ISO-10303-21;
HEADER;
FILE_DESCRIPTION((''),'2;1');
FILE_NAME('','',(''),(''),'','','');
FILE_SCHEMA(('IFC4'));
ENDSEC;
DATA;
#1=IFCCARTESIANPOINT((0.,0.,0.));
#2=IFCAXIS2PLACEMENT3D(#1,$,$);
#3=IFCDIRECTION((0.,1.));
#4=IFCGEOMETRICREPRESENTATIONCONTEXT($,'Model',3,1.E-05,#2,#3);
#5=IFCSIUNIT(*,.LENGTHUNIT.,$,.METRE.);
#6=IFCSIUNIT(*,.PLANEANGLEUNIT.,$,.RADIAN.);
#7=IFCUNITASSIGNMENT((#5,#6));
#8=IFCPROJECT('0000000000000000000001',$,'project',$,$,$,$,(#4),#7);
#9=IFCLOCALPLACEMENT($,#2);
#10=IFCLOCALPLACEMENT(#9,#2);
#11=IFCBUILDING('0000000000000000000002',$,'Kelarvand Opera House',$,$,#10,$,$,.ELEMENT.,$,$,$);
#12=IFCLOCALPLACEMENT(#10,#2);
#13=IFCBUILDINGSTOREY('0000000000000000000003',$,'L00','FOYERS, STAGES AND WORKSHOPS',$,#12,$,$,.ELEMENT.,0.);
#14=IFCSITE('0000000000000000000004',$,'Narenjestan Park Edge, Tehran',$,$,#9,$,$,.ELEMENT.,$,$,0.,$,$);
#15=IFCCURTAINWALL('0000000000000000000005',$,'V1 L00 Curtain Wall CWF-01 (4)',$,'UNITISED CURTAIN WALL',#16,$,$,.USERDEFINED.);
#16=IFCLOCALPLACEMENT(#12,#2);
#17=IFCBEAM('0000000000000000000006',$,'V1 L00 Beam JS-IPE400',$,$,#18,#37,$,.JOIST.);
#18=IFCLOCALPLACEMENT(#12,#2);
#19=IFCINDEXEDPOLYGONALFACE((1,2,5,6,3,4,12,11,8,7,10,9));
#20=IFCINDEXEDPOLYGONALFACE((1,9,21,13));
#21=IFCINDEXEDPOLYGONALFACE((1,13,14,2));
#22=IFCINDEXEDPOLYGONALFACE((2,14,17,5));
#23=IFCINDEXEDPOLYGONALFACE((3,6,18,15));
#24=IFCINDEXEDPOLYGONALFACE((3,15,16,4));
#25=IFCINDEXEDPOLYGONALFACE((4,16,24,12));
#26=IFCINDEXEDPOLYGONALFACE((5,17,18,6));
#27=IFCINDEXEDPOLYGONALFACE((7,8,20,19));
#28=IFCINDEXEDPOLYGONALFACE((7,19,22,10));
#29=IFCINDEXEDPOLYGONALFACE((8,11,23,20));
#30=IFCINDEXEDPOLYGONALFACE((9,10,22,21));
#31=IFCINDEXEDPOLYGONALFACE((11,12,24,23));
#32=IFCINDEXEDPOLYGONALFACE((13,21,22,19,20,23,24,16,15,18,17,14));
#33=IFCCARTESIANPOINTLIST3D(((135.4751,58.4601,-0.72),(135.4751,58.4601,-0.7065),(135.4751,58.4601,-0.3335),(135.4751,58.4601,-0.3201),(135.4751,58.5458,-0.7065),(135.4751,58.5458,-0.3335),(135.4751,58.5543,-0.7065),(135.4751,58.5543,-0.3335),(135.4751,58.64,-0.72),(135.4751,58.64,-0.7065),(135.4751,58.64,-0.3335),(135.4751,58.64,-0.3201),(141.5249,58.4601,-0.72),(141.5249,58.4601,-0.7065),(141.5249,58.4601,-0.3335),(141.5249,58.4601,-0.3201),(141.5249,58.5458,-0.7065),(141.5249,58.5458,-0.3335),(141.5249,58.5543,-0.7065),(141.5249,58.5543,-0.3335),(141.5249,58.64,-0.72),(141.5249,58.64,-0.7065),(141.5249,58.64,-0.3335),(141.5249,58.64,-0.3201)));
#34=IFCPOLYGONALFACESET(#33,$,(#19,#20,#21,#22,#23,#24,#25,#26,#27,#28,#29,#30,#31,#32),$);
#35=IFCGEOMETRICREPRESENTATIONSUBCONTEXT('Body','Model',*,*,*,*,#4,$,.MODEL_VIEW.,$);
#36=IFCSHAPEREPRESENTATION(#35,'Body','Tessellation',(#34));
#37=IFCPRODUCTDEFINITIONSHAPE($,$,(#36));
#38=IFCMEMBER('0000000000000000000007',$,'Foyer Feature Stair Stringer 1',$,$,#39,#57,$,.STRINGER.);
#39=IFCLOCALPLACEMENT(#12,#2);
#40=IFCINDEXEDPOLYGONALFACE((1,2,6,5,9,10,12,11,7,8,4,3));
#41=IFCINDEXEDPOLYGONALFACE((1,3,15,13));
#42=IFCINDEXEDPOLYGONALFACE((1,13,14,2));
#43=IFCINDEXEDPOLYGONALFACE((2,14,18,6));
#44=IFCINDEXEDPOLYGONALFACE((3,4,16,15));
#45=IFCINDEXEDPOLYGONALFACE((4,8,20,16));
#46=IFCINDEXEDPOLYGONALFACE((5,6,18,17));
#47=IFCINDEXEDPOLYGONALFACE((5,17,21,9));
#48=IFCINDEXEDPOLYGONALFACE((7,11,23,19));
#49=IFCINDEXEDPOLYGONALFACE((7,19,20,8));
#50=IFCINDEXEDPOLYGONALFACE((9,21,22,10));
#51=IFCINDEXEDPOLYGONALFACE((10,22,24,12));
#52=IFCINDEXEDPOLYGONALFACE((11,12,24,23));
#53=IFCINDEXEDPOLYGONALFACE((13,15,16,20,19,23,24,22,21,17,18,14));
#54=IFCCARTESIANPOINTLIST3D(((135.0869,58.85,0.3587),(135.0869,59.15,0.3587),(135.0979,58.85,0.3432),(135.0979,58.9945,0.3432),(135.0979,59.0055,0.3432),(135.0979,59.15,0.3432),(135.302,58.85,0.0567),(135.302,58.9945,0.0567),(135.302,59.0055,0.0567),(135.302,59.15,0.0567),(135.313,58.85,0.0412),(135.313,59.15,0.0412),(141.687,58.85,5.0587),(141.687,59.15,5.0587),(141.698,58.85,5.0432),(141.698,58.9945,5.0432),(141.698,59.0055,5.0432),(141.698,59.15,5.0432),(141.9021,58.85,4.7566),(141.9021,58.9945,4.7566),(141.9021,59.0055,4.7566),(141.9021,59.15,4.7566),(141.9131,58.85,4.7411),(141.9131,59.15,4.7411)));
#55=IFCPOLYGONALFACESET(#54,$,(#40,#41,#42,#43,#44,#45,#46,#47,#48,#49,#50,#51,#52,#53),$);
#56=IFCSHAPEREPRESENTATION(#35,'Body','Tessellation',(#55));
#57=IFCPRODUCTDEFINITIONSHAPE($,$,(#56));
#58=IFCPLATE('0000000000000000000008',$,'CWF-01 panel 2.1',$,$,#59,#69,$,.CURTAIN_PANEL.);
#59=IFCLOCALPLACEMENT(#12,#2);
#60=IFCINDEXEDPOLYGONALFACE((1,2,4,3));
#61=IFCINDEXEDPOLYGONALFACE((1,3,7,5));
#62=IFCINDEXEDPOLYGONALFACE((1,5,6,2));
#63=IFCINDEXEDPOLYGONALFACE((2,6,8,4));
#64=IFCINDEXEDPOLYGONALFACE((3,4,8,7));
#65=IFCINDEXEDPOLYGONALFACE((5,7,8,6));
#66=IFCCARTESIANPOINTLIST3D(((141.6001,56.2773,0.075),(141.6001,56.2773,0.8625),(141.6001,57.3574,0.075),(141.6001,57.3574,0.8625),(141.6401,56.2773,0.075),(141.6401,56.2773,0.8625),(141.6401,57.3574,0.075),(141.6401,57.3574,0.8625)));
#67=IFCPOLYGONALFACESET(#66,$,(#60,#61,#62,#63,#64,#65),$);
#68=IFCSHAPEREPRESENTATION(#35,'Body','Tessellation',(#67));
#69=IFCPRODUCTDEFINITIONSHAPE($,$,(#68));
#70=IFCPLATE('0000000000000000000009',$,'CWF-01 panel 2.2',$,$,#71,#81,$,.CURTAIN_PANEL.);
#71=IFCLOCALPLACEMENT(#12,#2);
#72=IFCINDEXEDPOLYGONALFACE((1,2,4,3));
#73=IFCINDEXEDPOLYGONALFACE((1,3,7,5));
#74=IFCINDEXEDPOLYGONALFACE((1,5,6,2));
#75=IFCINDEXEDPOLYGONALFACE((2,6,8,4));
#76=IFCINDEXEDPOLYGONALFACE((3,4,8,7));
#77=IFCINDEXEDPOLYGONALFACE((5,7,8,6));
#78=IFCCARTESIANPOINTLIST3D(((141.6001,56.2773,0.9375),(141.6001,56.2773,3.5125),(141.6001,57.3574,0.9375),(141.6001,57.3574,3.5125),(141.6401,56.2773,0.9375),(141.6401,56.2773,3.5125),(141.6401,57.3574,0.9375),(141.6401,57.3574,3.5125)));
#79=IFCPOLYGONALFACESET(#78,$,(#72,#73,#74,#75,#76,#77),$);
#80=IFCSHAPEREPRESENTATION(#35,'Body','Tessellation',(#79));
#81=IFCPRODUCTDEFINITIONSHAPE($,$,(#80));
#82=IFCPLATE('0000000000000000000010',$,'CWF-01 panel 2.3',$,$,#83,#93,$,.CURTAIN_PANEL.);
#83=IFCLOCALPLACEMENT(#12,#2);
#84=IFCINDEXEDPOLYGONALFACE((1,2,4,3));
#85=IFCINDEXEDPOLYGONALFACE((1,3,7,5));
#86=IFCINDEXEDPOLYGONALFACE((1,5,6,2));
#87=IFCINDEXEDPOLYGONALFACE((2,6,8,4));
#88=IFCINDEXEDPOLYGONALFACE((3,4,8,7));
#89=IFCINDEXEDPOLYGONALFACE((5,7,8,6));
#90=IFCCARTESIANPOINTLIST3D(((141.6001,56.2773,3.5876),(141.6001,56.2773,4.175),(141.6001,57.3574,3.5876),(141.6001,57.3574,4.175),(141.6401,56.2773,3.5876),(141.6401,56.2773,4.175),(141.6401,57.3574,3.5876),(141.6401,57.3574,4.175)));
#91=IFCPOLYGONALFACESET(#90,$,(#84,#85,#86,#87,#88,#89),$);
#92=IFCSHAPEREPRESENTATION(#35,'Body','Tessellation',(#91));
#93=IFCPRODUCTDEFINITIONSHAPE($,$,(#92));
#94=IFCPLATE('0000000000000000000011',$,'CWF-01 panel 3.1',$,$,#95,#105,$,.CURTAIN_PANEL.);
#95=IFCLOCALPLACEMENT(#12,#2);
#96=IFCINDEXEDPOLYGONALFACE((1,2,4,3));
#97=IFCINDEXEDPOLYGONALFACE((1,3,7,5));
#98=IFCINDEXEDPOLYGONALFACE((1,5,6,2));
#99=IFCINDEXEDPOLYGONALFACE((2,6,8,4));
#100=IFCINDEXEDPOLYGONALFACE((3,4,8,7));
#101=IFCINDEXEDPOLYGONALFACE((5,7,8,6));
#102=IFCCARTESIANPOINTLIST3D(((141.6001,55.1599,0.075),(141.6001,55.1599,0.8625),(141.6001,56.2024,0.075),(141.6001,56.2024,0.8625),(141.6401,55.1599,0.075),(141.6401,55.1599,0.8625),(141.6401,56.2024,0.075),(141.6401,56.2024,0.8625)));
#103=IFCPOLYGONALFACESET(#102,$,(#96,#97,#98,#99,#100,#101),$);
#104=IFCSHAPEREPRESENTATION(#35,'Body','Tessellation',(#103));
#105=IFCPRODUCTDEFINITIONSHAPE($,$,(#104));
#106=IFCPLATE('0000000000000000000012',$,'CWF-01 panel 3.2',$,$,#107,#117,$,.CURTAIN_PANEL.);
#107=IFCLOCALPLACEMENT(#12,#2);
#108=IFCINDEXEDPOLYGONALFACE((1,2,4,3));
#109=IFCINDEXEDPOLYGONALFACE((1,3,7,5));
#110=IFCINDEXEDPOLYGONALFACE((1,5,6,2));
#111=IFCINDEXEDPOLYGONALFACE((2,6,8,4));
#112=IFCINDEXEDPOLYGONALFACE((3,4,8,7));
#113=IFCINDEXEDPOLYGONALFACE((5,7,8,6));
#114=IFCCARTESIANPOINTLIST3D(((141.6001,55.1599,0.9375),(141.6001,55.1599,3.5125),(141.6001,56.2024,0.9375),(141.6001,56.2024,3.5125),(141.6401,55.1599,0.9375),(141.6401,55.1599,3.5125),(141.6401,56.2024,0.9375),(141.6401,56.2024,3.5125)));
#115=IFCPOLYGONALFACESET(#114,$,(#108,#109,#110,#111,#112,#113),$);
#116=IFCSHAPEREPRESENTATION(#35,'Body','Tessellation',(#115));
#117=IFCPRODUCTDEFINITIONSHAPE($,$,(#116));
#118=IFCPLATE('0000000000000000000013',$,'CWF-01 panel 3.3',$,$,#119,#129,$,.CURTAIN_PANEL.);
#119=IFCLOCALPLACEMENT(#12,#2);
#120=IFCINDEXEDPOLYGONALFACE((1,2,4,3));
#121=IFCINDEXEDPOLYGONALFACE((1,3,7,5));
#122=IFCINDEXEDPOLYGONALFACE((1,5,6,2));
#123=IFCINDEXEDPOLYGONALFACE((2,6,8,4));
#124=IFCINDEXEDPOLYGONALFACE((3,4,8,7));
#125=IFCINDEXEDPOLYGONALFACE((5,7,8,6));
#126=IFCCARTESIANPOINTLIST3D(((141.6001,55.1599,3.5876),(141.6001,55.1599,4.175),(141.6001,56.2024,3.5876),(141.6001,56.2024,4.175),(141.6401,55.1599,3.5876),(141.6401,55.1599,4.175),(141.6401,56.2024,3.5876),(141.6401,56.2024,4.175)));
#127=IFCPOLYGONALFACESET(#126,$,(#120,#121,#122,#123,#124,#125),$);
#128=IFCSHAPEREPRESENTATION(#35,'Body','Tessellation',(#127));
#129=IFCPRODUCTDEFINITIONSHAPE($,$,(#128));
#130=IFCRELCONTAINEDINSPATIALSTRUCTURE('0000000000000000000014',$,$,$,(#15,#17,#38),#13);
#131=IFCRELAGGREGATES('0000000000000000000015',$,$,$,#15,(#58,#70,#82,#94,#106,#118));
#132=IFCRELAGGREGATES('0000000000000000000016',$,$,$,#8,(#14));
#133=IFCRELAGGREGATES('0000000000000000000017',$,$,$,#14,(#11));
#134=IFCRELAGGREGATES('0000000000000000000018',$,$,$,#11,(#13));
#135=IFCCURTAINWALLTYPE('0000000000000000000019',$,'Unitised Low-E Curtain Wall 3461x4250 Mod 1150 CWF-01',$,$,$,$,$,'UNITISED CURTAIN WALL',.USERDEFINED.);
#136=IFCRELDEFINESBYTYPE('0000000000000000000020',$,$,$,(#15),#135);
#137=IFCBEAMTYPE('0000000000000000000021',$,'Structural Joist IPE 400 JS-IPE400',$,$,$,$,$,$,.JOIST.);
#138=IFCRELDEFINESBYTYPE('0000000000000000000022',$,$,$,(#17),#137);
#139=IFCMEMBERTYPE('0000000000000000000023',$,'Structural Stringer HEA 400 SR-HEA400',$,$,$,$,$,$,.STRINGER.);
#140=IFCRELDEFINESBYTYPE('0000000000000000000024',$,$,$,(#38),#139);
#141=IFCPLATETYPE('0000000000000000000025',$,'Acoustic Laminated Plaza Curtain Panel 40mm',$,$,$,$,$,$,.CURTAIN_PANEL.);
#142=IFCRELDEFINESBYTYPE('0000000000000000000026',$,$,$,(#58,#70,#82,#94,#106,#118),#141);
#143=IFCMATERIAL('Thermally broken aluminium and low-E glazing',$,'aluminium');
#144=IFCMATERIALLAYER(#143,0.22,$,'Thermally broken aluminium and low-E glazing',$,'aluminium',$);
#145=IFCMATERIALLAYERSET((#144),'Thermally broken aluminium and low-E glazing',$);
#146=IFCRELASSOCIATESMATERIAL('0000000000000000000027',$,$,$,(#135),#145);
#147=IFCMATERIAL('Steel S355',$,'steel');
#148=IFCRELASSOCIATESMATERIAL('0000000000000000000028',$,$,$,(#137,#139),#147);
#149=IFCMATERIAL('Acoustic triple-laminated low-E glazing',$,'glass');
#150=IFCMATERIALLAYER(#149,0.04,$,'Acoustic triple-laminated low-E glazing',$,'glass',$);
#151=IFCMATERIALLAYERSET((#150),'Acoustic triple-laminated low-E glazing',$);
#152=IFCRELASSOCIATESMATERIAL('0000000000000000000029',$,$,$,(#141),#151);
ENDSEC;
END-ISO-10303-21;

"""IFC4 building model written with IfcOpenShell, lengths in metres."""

from ifc_helpers import new_model, si_unit, direction, frame, origin, origin_2d, place, context, subcontext, project, spatial, rectangle, i_section, extrude, material, layer, layer_set, material_profile, profile_set, type_object, element, aggregate, save


model = new_model("IFC4")

# Units and contexts
model_context = context("Model", 3, precision=1e-05, world=origin(), true_north=direction((0.0, 1.0)))
body_context = subcontext(model_context, "Body", "Model", "MODEL_VIEW")
ifc_project = project(units=[si_unit("LENGTHUNIT", "METRE"), si_unit("PLANEANGLEUNIT", "RADIAN")], contexts=[model_context])

# Site, building, storey
site_placement = place(None, origin())
site = spatial("IfcSite", under=ifc_project, at=site_placement, Name="Narenjestan Park Edge, Tehran", CompositionType="ELEMENT", RefElevation=0.0)
building_placement = place(site_placement, origin())
building = spatial("IfcBuilding", under=site, at=building_placement, Name="Kelarvand Opera House", CompositionType="ELEMENT")
storey_placement = place(building_placement, origin())
storey = spatial("IfcBuildingStorey", under=building, at=storey_placement, Name="L00", Description="FOYERS, STAGES AND WORKSHOPS", CompositionType="ELEMENT", Elevation=0.0)

# Curtain wall
ifc_material_1 = material(Name="Thermally broken aluminium and low-E glazing", Category="aluminium")
ifc_layer_1 = layer(ifc_material_1, 0.22, Name="Thermally broken aluminium and low-E glazing", Category="aluminium")
ifc_layer_set_1 = layer_set([ifc_layer_1], Name="Thermally broken aluminium and low-E glazing")
curtain_wall_type = type_object("IfcCurtainWallType", Name="Unitised Low-E Curtain Wall 3461x4250 Mod 1150 CWF-01", ElementType="UNITISED CURTAIN WALL", PredefinedType="USERDEFINED", material=ifc_layer_set_1)
curtain_wall_placement = place(storey_placement, origin())
curtain_wall = element("IfcCurtainWall", 1, at=curtain_wall_placement, inside=storey, type_object=curtain_wall_type, Name="V1 L00 Curtain Wall CWF-01 (4)", ObjectType="UNITISED CURTAIN WALL", PredefinedType="USERDEFINED")

# Beam
ifc_material_2 = material(Name="Steel S355", Category="steel")
ifc_material_profile_1 = material_profile(ifc_material_2, i_section(OverallWidth=0.1799, OverallDepth=0.3999, WebThickness=0.0085, FlangeThickness=0.0134, at=origin_2d()), Name="IPE 400", Category="steel")
ifc_profile_set_1 = profile_set([ifc_material_profile_1], Name="Steel S355")
beam_type_1 = type_object("IfcBeamType", Name="Structural Joist IPE 400 JS-IPE400", PredefinedType="JOIST", material=ifc_profile_set_1)
beam_1_placement = place(storey_placement, frame((135.4751, 58.55, -0.52), z_axis=(1.0, 0.0, 0.0), x_axis=(0.0, 1.0, 0.0)))
element("IfcBeam", 2, at=beam_1_placement, inside=storey, type_object=beam_type_1, Name="V1 L00 Beam JS-IPE400", PredefinedType="JOIST", context=body_context, shape_type="SweptSolid", body=[
    extrude(i_section(OverallWidth=0.1799, OverallDepth=0.3999, WebThickness=0.0085, FlangeThickness=0.0134, at=origin_2d()), origin(), (0.0, 0.0, 1.0), 6.0498),
])

# Member
ifc_material_profile_2 = material_profile(ifc_material_2, i_section(OverallWidth=0.3, OverallDepth=0.3899, WebThickness=0.011, FlangeThickness=0.019, at=origin_2d()), Name="HEA 400", Category="steel")
ifc_profile_set_2 = profile_set([ifc_material_profile_2], Name="Steel S355")
member_type_1 = type_object("IfcMemberType", Name="Structural Stringer HEA 400 SR-HEA400", PredefinedType="STRINGER", material=ifc_profile_set_2)
member_1_placement = place(storey_placement, frame((135.2, 59.0, 0.2), z_axis=(0.814573, 0.0, 0.58006), x_axis=(0.0, 1.0, 0.0)))
element("IfcMember", 3, at=member_1_placement, inside=storey, type_object=member_type_1, Name="Foyer Feature Stair Stringer 1", PredefinedType="STRINGER", context=body_context, shape_type="SweptSolid", body=[
    extrude(i_section(OverallWidth=0.3, OverallDepth=0.3899, WebThickness=0.011, FlangeThickness=0.019, at=origin_2d()), origin(), (0.0, 0.0, 1.0), 8.1025),
])

# Plates
ifc_material_3 = material(Name="Acoustic triple-laminated low-E glazing", Category="glass")
ifc_layer_2 = layer(ifc_material_3, 0.04, Name="Acoustic triple-laminated low-E glazing", Category="glass")
ifc_layer_set_2 = layer_set([ifc_layer_2], Name="Acoustic triple-laminated low-E glazing")
plate_type = type_object("IfcPlateType", Name="Acoustic Laminated Plaza Curtain Panel 40mm", PredefinedType="CURTAIN_PANEL", material=ifc_layer_set_2)
plate_1_placement = place(storey_placement, frame((141.6201, 56.8174, 0.075), z_axis=(0.0, 0.0, 1.0), x_axis=(0.0, -1.0, 0.0)))
plate_1 = element("IfcPlate", 4, at=plate_1_placement, type_object=plate_type, Name="CWF-01 panel 2.1", PredefinedType="CURTAIN_PANEL", context=body_context, shape_type="SweptSolid", body=[
    extrude(rectangle(XDim=1.0801, YDim=0.04, at=origin_2d()), origin(), (0.0, 0.0, 1.0), 0.7876),
])
plate_2_placement = place(storey_placement, frame((141.6201, 56.8174, 0.9375), z_axis=(0.0, 0.0, 1.0), x_axis=(0.0, -1.0, 0.0)))
plate_2 = element("IfcPlate", 5, at=plate_2_placement, type_object=plate_type, Name="CWF-01 panel 2.2", PredefinedType="CURTAIN_PANEL", context=body_context, shape_type="SweptSolid", body=[
    extrude(rectangle(XDim=1.0801, YDim=0.04, at=origin_2d()), origin(), (0.0, 0.0, 1.0), 2.575),
])
plate_3_placement = place(storey_placement, frame((141.6201, 56.8174, 3.5876), z_axis=(0.0, 0.0, 1.0), x_axis=(0.0, -1.0, 0.0)))
plate_3 = element("IfcPlate", 6, at=plate_3_placement, type_object=plate_type, Name="CWF-01 panel 2.3", PredefinedType="CURTAIN_PANEL", context=body_context, shape_type="SweptSolid", body=[
    extrude(rectangle(XDim=1.0801, YDim=0.04, at=origin_2d()), origin(), (0.0, 0.0, 1.0), 0.5874),
])
plate_4_placement = place(storey_placement, frame((141.6201, 55.6812, 0.075), z_axis=(0.0, 0.0, 1.0), x_axis=(0.0, -1.0, 0.0)))
plate_4 = element("IfcPlate", 7, at=plate_4_placement, type_object=plate_type, Name="CWF-01 panel 3.1", PredefinedType="CURTAIN_PANEL", context=body_context, shape_type="SweptSolid", body=[
    extrude(rectangle(XDim=1.0425, YDim=0.04, at=origin_2d()), origin(), (0.0, 0.0, 1.0), 0.7876),
])
plate_5_placement = place(storey_placement, frame((141.6201, 55.6812, 0.9375), z_axis=(0.0, 0.0, 1.0), x_axis=(0.0, -1.0, 0.0)))
plate_5 = element("IfcPlate", 8, at=plate_5_placement, type_object=plate_type, Name="CWF-01 panel 3.2", PredefinedType="CURTAIN_PANEL", context=body_context, shape_type="SweptSolid", body=[
    extrude(rectangle(XDim=1.0425, YDim=0.04, at=origin_2d()), origin(), (0.0, 0.0, 1.0), 2.575),
])
plate_6_placement = place(storey_placement, frame((141.6201, 55.6812, 3.5876), z_axis=(0.0, 0.0, 1.0), x_axis=(0.0, -1.0, 0.0)))
plate_6 = element("IfcPlate", 9, at=plate_6_placement, type_object=plate_type, Name="CWF-01 panel 3.3", PredefinedType="CURTAIN_PANEL", context=body_context, shape_type="SweptSolid", body=[
    extrude(rectangle(XDim=1.0425, YDim=0.04, at=origin_2d()), origin(), (0.0, 0.0, 1.0), 0.5874),
])
aggregate(curtain_wall, [plate_1, plate_2, plate_3, plate_4, plate_5, plate_6])

save(model, "model.ifc")
